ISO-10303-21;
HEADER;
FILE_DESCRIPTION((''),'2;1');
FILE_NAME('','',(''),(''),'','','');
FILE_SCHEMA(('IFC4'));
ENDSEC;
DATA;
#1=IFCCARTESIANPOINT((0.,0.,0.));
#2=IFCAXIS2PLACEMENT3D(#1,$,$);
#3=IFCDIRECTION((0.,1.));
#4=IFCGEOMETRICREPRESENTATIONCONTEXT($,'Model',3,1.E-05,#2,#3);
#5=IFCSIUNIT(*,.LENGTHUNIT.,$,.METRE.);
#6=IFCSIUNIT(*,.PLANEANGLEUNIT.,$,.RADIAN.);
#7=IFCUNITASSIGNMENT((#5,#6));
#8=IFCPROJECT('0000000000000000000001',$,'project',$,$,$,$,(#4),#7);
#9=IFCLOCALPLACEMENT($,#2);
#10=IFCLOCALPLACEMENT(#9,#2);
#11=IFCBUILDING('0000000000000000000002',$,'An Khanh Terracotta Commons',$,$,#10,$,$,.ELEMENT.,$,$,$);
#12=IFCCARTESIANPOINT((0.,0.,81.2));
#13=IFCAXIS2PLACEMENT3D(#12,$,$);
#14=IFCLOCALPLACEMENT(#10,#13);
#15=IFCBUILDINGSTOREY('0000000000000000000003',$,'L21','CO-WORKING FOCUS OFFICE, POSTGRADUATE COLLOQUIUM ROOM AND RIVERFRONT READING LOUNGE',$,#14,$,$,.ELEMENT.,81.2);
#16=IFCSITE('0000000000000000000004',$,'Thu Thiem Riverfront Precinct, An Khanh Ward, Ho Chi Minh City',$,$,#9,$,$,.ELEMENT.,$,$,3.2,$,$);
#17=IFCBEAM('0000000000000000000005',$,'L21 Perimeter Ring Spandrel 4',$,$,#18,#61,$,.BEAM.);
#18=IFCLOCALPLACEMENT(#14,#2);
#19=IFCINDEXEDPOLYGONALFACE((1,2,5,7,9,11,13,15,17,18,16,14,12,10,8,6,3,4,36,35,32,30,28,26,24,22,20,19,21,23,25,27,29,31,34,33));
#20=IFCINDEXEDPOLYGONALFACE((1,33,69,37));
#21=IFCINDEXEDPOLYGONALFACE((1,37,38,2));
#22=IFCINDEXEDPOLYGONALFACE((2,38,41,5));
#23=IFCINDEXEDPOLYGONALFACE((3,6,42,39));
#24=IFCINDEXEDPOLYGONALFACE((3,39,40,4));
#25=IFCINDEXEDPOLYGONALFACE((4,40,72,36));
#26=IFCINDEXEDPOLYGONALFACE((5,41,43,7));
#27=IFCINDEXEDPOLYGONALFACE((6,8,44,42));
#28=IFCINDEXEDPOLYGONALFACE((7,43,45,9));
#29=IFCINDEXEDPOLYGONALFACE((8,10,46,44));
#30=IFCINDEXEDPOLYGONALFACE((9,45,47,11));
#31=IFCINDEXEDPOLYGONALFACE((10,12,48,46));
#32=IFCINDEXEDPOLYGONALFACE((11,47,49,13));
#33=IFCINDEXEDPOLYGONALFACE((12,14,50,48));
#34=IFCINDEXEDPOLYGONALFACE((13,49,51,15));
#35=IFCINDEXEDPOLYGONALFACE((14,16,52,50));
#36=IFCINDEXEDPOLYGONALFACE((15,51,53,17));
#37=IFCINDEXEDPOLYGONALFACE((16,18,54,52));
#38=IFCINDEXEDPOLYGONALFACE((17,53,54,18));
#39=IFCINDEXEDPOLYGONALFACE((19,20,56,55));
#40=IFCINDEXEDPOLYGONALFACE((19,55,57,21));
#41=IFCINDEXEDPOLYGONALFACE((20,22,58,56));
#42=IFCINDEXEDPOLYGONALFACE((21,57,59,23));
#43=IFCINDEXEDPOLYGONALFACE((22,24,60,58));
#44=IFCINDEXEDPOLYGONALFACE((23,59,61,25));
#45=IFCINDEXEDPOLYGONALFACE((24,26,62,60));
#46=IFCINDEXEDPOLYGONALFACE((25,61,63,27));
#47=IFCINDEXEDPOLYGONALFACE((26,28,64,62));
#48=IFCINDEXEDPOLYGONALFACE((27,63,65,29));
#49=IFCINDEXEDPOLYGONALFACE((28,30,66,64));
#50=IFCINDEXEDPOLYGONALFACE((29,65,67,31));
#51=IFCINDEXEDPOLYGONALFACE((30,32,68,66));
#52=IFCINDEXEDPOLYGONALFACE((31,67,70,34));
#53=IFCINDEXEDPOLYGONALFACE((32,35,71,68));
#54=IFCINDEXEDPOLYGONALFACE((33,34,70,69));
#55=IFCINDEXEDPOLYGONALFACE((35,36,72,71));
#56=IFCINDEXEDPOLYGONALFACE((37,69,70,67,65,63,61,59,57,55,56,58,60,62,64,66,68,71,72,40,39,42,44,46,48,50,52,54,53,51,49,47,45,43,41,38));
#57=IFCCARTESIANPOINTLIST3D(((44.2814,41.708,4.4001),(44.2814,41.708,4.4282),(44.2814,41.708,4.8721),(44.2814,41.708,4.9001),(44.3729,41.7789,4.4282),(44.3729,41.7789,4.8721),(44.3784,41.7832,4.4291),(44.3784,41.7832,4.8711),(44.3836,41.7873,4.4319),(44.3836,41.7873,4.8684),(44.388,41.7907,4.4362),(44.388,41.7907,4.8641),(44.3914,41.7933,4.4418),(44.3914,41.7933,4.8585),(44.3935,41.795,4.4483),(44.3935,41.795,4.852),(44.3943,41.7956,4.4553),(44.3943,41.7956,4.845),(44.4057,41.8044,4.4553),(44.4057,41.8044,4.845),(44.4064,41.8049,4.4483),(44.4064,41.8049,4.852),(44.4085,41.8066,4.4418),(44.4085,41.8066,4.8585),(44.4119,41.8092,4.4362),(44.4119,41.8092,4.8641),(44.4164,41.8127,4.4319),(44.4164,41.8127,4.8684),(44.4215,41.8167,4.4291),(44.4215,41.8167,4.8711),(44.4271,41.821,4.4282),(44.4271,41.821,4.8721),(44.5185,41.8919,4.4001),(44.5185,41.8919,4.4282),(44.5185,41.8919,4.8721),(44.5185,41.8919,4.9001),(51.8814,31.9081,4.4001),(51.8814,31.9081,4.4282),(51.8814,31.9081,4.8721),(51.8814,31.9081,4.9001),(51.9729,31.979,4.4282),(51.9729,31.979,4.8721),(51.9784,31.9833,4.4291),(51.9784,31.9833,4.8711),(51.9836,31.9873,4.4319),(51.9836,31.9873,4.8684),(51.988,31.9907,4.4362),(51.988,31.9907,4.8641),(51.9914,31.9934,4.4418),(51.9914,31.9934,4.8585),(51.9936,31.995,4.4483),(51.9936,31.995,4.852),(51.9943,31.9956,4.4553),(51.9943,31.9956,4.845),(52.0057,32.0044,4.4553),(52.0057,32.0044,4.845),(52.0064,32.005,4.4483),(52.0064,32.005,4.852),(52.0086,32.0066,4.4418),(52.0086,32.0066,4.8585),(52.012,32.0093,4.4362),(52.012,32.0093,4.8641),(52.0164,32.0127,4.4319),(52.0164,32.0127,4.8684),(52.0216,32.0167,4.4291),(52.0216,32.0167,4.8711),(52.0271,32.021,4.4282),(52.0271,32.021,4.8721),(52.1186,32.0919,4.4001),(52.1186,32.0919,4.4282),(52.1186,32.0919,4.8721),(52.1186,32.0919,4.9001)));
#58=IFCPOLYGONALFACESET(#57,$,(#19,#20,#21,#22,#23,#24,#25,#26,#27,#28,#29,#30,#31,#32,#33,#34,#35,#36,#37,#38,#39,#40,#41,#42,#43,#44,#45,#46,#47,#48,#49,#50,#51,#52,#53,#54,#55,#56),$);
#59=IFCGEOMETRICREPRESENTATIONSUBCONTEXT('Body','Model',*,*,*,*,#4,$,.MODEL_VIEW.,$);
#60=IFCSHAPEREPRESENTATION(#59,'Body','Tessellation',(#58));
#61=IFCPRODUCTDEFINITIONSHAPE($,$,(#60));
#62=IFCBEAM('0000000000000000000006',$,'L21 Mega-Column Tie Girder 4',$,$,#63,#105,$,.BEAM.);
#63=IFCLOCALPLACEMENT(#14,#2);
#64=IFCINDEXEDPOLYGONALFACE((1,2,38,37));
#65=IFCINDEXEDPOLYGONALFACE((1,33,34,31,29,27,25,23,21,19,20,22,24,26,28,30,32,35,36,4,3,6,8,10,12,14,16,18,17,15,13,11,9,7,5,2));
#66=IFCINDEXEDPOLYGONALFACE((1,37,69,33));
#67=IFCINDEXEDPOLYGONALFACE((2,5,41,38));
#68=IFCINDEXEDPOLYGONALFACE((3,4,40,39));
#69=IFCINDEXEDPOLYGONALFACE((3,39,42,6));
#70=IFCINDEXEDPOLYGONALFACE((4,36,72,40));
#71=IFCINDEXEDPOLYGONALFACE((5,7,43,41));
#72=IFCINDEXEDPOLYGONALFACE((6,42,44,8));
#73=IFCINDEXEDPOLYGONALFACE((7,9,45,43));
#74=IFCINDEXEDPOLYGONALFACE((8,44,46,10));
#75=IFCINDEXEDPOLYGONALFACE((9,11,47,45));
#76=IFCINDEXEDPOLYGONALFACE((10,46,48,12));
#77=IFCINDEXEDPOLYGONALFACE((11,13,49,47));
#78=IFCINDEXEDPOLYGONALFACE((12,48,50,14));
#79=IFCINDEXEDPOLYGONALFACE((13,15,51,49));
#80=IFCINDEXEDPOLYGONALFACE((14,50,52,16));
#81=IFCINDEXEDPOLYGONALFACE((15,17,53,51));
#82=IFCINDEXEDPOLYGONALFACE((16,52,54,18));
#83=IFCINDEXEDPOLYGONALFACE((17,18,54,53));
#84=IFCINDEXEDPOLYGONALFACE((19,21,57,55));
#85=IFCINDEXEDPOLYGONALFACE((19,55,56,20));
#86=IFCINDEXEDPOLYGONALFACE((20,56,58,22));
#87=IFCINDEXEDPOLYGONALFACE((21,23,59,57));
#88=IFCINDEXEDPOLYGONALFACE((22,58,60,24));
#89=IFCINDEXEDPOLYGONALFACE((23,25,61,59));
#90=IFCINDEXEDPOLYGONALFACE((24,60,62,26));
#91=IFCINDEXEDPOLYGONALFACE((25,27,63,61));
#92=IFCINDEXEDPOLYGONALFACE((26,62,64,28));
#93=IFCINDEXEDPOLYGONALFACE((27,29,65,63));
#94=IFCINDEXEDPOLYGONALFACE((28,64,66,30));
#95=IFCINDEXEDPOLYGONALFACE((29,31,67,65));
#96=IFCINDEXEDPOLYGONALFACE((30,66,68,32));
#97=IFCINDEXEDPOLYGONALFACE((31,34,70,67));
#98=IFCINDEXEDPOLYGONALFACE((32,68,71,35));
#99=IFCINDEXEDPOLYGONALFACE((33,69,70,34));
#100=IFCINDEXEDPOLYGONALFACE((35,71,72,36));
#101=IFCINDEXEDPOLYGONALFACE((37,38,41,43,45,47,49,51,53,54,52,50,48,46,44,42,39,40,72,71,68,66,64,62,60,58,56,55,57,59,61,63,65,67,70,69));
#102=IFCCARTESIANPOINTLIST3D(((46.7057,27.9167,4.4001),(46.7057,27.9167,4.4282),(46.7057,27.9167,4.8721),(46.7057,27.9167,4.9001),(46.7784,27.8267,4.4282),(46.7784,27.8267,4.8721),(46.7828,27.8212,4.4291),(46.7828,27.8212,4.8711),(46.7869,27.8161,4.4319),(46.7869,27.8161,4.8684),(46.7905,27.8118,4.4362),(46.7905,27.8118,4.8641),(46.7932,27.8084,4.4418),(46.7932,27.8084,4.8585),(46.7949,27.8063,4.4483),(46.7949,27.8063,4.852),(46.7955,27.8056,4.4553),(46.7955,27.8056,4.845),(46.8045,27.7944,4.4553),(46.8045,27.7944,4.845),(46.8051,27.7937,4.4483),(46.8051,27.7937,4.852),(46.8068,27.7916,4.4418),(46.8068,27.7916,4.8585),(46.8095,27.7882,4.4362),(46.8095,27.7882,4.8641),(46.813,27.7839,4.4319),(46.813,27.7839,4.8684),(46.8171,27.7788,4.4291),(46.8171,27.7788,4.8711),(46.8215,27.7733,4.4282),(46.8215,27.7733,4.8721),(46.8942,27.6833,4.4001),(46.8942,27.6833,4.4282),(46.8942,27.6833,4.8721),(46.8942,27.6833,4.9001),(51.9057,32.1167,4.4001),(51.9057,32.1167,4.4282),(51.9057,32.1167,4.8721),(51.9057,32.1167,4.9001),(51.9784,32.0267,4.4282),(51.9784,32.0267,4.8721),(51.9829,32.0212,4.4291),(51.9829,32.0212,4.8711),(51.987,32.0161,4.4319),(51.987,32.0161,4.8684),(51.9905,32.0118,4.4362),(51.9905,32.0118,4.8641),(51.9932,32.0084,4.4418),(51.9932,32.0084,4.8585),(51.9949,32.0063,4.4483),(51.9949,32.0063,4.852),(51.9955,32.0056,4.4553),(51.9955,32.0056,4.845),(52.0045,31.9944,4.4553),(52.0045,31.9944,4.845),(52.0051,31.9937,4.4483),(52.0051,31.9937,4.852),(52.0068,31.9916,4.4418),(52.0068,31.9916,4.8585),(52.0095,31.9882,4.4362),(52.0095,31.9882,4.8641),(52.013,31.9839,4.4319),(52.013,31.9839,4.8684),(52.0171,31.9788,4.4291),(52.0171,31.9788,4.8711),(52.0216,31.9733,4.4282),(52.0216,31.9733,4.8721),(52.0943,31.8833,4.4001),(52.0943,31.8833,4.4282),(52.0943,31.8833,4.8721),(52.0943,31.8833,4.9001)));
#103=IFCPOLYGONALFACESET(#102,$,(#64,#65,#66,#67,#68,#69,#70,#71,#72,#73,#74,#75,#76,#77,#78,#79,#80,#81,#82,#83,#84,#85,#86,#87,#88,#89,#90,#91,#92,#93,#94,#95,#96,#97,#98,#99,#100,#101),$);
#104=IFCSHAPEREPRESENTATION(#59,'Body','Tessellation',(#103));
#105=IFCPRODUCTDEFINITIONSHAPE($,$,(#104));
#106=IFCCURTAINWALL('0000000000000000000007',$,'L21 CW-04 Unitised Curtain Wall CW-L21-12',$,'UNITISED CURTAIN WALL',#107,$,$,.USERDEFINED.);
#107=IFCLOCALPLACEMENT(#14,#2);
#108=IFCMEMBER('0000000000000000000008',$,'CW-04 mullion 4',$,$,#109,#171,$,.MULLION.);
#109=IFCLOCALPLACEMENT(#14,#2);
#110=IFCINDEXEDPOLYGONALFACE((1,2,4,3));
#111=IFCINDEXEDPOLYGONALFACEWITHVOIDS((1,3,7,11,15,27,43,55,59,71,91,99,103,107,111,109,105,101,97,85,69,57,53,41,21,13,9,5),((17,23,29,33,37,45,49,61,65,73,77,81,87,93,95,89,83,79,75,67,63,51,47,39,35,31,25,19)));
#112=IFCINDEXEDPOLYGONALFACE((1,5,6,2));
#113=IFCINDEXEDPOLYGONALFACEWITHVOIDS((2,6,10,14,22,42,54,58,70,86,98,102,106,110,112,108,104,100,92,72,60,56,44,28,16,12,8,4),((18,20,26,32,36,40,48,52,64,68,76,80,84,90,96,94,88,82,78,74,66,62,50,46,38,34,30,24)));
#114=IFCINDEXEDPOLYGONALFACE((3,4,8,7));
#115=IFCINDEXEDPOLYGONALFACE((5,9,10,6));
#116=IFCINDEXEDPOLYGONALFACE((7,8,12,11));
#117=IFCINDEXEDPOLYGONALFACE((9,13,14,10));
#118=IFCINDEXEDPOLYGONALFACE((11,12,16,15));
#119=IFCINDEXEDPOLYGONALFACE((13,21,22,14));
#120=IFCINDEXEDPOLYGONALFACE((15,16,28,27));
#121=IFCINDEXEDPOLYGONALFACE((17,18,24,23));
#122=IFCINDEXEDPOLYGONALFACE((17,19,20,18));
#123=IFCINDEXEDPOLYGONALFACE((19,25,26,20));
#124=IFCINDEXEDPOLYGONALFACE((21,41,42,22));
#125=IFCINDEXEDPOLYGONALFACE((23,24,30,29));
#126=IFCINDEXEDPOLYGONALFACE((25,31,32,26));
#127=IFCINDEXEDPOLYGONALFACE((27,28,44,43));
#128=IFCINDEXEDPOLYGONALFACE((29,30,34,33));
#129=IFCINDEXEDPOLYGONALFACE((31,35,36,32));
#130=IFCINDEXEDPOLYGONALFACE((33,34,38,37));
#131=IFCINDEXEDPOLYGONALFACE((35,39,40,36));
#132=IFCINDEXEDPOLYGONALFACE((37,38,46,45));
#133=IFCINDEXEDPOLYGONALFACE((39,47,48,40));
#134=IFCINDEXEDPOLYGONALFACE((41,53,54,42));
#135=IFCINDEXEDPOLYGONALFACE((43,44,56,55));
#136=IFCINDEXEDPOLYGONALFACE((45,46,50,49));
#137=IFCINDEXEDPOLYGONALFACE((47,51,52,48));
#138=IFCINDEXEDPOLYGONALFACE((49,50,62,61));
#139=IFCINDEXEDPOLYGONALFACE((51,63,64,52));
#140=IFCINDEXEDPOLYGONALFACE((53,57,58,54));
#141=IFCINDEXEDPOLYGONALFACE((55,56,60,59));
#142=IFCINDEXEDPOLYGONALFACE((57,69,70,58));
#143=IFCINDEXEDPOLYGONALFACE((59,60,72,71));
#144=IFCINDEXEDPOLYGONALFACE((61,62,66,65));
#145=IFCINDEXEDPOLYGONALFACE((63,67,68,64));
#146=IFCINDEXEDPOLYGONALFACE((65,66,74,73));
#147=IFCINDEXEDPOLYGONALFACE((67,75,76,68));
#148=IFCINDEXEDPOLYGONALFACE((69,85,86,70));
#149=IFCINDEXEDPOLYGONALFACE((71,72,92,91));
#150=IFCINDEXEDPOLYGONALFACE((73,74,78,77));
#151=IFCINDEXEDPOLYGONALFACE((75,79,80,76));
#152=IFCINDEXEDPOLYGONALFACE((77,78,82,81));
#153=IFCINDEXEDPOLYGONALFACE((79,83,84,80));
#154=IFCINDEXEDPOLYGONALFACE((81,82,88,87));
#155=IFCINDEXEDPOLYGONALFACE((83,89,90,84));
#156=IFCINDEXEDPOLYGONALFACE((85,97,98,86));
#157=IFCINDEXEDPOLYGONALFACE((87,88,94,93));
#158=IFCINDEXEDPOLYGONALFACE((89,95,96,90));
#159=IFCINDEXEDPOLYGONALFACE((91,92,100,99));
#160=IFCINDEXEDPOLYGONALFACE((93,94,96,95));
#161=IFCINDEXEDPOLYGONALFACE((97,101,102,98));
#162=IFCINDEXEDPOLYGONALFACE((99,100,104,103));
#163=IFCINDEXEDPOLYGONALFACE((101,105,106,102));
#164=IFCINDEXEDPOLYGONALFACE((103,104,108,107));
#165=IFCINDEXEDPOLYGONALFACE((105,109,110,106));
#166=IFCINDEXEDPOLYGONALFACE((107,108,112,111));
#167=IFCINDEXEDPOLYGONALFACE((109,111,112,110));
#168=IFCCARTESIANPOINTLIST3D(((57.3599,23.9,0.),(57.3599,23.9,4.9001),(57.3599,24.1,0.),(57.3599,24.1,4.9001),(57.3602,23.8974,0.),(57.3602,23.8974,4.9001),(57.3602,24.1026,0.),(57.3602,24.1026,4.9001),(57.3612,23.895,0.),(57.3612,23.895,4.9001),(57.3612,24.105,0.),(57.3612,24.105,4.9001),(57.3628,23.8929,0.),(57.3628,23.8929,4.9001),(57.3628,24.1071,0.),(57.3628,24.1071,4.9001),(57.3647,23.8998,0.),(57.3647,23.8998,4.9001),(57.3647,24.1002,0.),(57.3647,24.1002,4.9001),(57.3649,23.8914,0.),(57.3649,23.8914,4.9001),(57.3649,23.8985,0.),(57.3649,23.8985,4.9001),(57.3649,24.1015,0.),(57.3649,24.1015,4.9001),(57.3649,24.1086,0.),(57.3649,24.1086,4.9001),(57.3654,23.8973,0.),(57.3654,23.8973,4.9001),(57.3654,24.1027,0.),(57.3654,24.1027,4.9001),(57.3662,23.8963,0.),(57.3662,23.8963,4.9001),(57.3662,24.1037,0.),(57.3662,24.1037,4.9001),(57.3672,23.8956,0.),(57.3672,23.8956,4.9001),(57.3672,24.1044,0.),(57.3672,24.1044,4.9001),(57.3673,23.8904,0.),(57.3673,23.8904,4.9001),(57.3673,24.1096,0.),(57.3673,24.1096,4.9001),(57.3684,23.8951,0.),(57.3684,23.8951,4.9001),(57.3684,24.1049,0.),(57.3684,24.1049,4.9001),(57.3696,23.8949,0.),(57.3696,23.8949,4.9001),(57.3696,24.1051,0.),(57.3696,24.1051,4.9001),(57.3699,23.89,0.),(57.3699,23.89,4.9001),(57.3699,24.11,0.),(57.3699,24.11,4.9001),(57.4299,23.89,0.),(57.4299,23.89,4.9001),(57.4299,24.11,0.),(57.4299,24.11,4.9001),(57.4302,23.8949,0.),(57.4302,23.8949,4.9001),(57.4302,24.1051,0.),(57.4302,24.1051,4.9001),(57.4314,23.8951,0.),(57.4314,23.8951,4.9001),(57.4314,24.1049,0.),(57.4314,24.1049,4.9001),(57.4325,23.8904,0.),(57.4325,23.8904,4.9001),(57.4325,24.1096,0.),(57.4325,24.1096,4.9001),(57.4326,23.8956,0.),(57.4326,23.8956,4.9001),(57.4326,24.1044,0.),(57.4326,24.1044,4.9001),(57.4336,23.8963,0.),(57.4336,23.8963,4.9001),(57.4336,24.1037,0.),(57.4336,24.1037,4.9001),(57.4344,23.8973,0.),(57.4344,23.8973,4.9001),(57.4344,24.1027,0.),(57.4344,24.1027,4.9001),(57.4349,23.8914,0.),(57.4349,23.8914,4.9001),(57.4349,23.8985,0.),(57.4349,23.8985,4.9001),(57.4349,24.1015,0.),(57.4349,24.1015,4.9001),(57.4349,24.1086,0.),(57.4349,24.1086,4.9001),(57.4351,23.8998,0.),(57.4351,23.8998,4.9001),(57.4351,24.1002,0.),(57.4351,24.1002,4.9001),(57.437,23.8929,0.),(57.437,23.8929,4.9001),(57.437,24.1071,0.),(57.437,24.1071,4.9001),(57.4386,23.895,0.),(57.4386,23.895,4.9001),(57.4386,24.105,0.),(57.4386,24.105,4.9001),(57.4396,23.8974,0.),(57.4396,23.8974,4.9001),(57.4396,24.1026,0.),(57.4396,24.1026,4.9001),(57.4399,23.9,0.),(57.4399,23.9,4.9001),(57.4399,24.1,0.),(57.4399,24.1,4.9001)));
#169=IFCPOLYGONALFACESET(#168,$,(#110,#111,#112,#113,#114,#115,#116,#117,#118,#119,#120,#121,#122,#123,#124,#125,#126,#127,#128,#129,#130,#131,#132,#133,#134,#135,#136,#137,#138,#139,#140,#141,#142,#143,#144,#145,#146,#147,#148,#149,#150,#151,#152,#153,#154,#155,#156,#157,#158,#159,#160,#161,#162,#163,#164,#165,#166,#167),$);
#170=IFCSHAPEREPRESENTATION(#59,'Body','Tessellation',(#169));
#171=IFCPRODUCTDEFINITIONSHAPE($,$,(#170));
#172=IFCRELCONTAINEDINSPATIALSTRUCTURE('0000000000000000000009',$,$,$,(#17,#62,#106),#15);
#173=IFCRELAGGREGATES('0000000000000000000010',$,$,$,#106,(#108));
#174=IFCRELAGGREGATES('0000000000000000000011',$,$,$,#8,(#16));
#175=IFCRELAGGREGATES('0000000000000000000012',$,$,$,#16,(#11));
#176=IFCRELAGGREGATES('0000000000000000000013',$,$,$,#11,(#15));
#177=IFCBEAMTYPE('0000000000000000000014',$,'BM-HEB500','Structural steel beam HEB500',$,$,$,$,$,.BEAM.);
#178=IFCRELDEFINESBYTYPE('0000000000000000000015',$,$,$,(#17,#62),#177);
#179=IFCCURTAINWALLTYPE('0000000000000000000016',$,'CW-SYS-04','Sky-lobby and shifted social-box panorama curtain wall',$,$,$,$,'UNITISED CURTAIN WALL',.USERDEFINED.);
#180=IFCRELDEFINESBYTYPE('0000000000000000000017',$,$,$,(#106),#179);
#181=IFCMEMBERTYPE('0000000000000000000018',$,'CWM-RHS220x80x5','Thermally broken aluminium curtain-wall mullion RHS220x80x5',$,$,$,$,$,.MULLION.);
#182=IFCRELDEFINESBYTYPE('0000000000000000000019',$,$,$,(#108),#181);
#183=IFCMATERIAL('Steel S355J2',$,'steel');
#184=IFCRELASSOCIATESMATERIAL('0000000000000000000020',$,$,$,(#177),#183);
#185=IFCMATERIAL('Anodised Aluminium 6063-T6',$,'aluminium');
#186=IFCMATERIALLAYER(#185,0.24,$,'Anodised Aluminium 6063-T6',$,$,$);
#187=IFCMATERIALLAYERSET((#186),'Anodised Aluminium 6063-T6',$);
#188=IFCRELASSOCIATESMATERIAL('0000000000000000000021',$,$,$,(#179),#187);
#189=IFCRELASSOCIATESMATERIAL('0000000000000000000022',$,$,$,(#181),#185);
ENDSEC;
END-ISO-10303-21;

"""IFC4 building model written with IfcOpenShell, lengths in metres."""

from ifc_helpers import new_model, si_unit, direction, frame, origin, origin_2d, place, context, subcontext, project, spatial, hollow_rectangle, i_section, extrude, material, layer, layer_set, material_profile, profile_set, type_object, element, aggregate, save


model = new_model("IFC4")

# Units and contexts
model_context = context("Model", 3, precision=1e-05, world=origin(), true_north=direction((0.0, 1.0)))
body_context = subcontext(model_context, "Body", "Model", "MODEL_VIEW")
ifc_project = project(units=[si_unit("LENGTHUNIT", "METRE"), si_unit("PLANEANGLEUNIT", "RADIAN")], contexts=[model_context])

# Site, building, storey
site_placement = place(None, origin())
site = spatial("IfcSite", under=ifc_project, at=site_placement, Name="Thu Thiem Riverfront Precinct, An Khanh Ward, Ho Chi Minh City", CompositionType="ELEMENT", RefElevation=3.2)
building_placement = place(site_placement, origin())
building = spatial("IfcBuilding", under=site, at=building_placement, Name="An Khanh Terracotta Commons", CompositionType="ELEMENT")
storey_placement = place(building_placement, frame((0.0, 0.0, 81.2)))
storey = spatial("IfcBuildingStorey", under=building, at=storey_placement, Name="L21", Description="CO-WORKING FOCUS OFFICE, POSTGRADUATE COLLOQUIUM ROOM AND RIVERFRONT READING LOUNGE", CompositionType="ELEMENT", Elevation=81.2)

# Beams
ifc_material_1 = material(Name="Steel S355J2", Category="steel")
ifc_material_profile_1 = material_profile(ifc_material_1, i_section(OverallWidth=0.3, OverallDepth=0.5, WebThickness=0.0144, FlangeThickness=0.0281, FilletRadius=0.0271, at=origin_2d()), Name="HEB500")
ifc_profile_set_1 = profile_set([ifc_material_profile_1], Name="Steel S355J2")
beam_type = type_object("IfcBeamType", Name="BM-HEB500", Description="Structural steel beam HEB500", PredefinedType="BEAM", material=ifc_profile_set_1)
beam_1_placement = place(storey_placement, frame((52.0, 32.0, 4.6501), z_axis=(-0.612827, 0.790217, 0.0), x_axis=(-0.790217, -0.612827, 0.0)))
element("IfcBeam", 1, at=beam_1_placement, inside=storey, type_object=beam_type, Name="L21 Perimeter Ring Spandrel 4", PredefinedType="BEAM", context=body_context, shape_type="SweptSolid", body=[
    extrude(i_section(OverallWidth=0.3, OverallDepth=0.5, WebThickness=0.0144, FlangeThickness=0.0281, FilletRadius=0.0271, at=origin_2d()), origin(), (0.0, 0.0, 1.0), 12.4016),
])
beam_2_placement = place(storey_placement, frame((52.0, 32.0, 4.6501), z_axis=(-0.777942, -0.628336, 0.0), x_axis=(0.628336, -0.777942, 0.0)))
element("IfcBeam", 2, at=beam_2_placement, inside=storey, type_object=beam_type, Name="L21 Mega-Column Tie Girder 4", PredefinedType="BEAM", context=body_context, shape_type="SweptSolid", body=[
    extrude(i_section(OverallWidth=0.3, OverallDepth=0.5, WebThickness=0.0144, FlangeThickness=0.0281, FilletRadius=0.0271, at=origin_2d()), origin(), (0.0, 0.0, 1.0), 6.6843),
])

# Curtain wall, member
ifc_material_2 = material(Name="Anodised Aluminium 6063-T6", Category="aluminium")
ifc_layer_1 = layer(ifc_material_2, 0.24, Name="Anodised Aluminium 6063-T6")
ifc_layer_set_1 = layer_set([ifc_layer_1], Name="Anodised Aluminium 6063-T6")
curtain_wall_type = type_object("IfcCurtainWallType", Name="CW-SYS-04", Description="Sky-lobby and shifted social-box panorama curtain wall", ElementType="UNITISED CURTAIN WALL", PredefinedType="USERDEFINED", material=ifc_layer_set_1)
curtain_wall_1_placement = place(storey_placement, origin())
curtain_wall_1 = element("IfcCurtainWall", 3, at=curtain_wall_1_placement, inside=storey, type_object=curtain_wall_type, Name="L21 CW-04 Unitised Curtain Wall CW-L21-12", ObjectType="UNITISED CURTAIN WALL", PredefinedType="USERDEFINED")
ifc_material_profile_2 = material_profile(ifc_material_2, hollow_rectangle(XDim=0.0801, YDim=0.22, WallThickness=0.0049, InnerFilletRadius=0.0049, OuterFilletRadius=0.01, at=origin_2d()), Name="RHS220x80x5")
ifc_profile_set_2 = profile_set([ifc_material_profile_2], Name="Anodised Aluminium 6063-T6")
member_type_1 = type_object("IfcMemberType", Name="CWM-RHS220x80x5", Description="Thermally broken aluminium curtain-wall mullion RHS220x80x5", PredefinedType="MULLION", material=ifc_profile_set_2)
member_1_placement = place(storey_placement, frame((57.3999, 24.0, 0.0), z_axis=(0.0, 0.0, 1.0), x_axis=(-1.0, 0.0, 0.0)))
member_1 = element("IfcMember", 4, at=member_1_placement, type_object=member_type_1, Name="CW-04 mullion 4", PredefinedType="MULLION", context=body_context, shape_type="SweptSolid", body=[
    extrude(hollow_rectangle(XDim=0.0801, YDim=0.22, WallThickness=0.0049, InnerFilletRadius=0.0049, OuterFilletRadius=0.01, at=origin_2d()), origin(), (0.0, 0.0, 1.0), 4.9001),
])

aggregate(curtain_wall_1, [member_1])

save(model, "model.ifc")
